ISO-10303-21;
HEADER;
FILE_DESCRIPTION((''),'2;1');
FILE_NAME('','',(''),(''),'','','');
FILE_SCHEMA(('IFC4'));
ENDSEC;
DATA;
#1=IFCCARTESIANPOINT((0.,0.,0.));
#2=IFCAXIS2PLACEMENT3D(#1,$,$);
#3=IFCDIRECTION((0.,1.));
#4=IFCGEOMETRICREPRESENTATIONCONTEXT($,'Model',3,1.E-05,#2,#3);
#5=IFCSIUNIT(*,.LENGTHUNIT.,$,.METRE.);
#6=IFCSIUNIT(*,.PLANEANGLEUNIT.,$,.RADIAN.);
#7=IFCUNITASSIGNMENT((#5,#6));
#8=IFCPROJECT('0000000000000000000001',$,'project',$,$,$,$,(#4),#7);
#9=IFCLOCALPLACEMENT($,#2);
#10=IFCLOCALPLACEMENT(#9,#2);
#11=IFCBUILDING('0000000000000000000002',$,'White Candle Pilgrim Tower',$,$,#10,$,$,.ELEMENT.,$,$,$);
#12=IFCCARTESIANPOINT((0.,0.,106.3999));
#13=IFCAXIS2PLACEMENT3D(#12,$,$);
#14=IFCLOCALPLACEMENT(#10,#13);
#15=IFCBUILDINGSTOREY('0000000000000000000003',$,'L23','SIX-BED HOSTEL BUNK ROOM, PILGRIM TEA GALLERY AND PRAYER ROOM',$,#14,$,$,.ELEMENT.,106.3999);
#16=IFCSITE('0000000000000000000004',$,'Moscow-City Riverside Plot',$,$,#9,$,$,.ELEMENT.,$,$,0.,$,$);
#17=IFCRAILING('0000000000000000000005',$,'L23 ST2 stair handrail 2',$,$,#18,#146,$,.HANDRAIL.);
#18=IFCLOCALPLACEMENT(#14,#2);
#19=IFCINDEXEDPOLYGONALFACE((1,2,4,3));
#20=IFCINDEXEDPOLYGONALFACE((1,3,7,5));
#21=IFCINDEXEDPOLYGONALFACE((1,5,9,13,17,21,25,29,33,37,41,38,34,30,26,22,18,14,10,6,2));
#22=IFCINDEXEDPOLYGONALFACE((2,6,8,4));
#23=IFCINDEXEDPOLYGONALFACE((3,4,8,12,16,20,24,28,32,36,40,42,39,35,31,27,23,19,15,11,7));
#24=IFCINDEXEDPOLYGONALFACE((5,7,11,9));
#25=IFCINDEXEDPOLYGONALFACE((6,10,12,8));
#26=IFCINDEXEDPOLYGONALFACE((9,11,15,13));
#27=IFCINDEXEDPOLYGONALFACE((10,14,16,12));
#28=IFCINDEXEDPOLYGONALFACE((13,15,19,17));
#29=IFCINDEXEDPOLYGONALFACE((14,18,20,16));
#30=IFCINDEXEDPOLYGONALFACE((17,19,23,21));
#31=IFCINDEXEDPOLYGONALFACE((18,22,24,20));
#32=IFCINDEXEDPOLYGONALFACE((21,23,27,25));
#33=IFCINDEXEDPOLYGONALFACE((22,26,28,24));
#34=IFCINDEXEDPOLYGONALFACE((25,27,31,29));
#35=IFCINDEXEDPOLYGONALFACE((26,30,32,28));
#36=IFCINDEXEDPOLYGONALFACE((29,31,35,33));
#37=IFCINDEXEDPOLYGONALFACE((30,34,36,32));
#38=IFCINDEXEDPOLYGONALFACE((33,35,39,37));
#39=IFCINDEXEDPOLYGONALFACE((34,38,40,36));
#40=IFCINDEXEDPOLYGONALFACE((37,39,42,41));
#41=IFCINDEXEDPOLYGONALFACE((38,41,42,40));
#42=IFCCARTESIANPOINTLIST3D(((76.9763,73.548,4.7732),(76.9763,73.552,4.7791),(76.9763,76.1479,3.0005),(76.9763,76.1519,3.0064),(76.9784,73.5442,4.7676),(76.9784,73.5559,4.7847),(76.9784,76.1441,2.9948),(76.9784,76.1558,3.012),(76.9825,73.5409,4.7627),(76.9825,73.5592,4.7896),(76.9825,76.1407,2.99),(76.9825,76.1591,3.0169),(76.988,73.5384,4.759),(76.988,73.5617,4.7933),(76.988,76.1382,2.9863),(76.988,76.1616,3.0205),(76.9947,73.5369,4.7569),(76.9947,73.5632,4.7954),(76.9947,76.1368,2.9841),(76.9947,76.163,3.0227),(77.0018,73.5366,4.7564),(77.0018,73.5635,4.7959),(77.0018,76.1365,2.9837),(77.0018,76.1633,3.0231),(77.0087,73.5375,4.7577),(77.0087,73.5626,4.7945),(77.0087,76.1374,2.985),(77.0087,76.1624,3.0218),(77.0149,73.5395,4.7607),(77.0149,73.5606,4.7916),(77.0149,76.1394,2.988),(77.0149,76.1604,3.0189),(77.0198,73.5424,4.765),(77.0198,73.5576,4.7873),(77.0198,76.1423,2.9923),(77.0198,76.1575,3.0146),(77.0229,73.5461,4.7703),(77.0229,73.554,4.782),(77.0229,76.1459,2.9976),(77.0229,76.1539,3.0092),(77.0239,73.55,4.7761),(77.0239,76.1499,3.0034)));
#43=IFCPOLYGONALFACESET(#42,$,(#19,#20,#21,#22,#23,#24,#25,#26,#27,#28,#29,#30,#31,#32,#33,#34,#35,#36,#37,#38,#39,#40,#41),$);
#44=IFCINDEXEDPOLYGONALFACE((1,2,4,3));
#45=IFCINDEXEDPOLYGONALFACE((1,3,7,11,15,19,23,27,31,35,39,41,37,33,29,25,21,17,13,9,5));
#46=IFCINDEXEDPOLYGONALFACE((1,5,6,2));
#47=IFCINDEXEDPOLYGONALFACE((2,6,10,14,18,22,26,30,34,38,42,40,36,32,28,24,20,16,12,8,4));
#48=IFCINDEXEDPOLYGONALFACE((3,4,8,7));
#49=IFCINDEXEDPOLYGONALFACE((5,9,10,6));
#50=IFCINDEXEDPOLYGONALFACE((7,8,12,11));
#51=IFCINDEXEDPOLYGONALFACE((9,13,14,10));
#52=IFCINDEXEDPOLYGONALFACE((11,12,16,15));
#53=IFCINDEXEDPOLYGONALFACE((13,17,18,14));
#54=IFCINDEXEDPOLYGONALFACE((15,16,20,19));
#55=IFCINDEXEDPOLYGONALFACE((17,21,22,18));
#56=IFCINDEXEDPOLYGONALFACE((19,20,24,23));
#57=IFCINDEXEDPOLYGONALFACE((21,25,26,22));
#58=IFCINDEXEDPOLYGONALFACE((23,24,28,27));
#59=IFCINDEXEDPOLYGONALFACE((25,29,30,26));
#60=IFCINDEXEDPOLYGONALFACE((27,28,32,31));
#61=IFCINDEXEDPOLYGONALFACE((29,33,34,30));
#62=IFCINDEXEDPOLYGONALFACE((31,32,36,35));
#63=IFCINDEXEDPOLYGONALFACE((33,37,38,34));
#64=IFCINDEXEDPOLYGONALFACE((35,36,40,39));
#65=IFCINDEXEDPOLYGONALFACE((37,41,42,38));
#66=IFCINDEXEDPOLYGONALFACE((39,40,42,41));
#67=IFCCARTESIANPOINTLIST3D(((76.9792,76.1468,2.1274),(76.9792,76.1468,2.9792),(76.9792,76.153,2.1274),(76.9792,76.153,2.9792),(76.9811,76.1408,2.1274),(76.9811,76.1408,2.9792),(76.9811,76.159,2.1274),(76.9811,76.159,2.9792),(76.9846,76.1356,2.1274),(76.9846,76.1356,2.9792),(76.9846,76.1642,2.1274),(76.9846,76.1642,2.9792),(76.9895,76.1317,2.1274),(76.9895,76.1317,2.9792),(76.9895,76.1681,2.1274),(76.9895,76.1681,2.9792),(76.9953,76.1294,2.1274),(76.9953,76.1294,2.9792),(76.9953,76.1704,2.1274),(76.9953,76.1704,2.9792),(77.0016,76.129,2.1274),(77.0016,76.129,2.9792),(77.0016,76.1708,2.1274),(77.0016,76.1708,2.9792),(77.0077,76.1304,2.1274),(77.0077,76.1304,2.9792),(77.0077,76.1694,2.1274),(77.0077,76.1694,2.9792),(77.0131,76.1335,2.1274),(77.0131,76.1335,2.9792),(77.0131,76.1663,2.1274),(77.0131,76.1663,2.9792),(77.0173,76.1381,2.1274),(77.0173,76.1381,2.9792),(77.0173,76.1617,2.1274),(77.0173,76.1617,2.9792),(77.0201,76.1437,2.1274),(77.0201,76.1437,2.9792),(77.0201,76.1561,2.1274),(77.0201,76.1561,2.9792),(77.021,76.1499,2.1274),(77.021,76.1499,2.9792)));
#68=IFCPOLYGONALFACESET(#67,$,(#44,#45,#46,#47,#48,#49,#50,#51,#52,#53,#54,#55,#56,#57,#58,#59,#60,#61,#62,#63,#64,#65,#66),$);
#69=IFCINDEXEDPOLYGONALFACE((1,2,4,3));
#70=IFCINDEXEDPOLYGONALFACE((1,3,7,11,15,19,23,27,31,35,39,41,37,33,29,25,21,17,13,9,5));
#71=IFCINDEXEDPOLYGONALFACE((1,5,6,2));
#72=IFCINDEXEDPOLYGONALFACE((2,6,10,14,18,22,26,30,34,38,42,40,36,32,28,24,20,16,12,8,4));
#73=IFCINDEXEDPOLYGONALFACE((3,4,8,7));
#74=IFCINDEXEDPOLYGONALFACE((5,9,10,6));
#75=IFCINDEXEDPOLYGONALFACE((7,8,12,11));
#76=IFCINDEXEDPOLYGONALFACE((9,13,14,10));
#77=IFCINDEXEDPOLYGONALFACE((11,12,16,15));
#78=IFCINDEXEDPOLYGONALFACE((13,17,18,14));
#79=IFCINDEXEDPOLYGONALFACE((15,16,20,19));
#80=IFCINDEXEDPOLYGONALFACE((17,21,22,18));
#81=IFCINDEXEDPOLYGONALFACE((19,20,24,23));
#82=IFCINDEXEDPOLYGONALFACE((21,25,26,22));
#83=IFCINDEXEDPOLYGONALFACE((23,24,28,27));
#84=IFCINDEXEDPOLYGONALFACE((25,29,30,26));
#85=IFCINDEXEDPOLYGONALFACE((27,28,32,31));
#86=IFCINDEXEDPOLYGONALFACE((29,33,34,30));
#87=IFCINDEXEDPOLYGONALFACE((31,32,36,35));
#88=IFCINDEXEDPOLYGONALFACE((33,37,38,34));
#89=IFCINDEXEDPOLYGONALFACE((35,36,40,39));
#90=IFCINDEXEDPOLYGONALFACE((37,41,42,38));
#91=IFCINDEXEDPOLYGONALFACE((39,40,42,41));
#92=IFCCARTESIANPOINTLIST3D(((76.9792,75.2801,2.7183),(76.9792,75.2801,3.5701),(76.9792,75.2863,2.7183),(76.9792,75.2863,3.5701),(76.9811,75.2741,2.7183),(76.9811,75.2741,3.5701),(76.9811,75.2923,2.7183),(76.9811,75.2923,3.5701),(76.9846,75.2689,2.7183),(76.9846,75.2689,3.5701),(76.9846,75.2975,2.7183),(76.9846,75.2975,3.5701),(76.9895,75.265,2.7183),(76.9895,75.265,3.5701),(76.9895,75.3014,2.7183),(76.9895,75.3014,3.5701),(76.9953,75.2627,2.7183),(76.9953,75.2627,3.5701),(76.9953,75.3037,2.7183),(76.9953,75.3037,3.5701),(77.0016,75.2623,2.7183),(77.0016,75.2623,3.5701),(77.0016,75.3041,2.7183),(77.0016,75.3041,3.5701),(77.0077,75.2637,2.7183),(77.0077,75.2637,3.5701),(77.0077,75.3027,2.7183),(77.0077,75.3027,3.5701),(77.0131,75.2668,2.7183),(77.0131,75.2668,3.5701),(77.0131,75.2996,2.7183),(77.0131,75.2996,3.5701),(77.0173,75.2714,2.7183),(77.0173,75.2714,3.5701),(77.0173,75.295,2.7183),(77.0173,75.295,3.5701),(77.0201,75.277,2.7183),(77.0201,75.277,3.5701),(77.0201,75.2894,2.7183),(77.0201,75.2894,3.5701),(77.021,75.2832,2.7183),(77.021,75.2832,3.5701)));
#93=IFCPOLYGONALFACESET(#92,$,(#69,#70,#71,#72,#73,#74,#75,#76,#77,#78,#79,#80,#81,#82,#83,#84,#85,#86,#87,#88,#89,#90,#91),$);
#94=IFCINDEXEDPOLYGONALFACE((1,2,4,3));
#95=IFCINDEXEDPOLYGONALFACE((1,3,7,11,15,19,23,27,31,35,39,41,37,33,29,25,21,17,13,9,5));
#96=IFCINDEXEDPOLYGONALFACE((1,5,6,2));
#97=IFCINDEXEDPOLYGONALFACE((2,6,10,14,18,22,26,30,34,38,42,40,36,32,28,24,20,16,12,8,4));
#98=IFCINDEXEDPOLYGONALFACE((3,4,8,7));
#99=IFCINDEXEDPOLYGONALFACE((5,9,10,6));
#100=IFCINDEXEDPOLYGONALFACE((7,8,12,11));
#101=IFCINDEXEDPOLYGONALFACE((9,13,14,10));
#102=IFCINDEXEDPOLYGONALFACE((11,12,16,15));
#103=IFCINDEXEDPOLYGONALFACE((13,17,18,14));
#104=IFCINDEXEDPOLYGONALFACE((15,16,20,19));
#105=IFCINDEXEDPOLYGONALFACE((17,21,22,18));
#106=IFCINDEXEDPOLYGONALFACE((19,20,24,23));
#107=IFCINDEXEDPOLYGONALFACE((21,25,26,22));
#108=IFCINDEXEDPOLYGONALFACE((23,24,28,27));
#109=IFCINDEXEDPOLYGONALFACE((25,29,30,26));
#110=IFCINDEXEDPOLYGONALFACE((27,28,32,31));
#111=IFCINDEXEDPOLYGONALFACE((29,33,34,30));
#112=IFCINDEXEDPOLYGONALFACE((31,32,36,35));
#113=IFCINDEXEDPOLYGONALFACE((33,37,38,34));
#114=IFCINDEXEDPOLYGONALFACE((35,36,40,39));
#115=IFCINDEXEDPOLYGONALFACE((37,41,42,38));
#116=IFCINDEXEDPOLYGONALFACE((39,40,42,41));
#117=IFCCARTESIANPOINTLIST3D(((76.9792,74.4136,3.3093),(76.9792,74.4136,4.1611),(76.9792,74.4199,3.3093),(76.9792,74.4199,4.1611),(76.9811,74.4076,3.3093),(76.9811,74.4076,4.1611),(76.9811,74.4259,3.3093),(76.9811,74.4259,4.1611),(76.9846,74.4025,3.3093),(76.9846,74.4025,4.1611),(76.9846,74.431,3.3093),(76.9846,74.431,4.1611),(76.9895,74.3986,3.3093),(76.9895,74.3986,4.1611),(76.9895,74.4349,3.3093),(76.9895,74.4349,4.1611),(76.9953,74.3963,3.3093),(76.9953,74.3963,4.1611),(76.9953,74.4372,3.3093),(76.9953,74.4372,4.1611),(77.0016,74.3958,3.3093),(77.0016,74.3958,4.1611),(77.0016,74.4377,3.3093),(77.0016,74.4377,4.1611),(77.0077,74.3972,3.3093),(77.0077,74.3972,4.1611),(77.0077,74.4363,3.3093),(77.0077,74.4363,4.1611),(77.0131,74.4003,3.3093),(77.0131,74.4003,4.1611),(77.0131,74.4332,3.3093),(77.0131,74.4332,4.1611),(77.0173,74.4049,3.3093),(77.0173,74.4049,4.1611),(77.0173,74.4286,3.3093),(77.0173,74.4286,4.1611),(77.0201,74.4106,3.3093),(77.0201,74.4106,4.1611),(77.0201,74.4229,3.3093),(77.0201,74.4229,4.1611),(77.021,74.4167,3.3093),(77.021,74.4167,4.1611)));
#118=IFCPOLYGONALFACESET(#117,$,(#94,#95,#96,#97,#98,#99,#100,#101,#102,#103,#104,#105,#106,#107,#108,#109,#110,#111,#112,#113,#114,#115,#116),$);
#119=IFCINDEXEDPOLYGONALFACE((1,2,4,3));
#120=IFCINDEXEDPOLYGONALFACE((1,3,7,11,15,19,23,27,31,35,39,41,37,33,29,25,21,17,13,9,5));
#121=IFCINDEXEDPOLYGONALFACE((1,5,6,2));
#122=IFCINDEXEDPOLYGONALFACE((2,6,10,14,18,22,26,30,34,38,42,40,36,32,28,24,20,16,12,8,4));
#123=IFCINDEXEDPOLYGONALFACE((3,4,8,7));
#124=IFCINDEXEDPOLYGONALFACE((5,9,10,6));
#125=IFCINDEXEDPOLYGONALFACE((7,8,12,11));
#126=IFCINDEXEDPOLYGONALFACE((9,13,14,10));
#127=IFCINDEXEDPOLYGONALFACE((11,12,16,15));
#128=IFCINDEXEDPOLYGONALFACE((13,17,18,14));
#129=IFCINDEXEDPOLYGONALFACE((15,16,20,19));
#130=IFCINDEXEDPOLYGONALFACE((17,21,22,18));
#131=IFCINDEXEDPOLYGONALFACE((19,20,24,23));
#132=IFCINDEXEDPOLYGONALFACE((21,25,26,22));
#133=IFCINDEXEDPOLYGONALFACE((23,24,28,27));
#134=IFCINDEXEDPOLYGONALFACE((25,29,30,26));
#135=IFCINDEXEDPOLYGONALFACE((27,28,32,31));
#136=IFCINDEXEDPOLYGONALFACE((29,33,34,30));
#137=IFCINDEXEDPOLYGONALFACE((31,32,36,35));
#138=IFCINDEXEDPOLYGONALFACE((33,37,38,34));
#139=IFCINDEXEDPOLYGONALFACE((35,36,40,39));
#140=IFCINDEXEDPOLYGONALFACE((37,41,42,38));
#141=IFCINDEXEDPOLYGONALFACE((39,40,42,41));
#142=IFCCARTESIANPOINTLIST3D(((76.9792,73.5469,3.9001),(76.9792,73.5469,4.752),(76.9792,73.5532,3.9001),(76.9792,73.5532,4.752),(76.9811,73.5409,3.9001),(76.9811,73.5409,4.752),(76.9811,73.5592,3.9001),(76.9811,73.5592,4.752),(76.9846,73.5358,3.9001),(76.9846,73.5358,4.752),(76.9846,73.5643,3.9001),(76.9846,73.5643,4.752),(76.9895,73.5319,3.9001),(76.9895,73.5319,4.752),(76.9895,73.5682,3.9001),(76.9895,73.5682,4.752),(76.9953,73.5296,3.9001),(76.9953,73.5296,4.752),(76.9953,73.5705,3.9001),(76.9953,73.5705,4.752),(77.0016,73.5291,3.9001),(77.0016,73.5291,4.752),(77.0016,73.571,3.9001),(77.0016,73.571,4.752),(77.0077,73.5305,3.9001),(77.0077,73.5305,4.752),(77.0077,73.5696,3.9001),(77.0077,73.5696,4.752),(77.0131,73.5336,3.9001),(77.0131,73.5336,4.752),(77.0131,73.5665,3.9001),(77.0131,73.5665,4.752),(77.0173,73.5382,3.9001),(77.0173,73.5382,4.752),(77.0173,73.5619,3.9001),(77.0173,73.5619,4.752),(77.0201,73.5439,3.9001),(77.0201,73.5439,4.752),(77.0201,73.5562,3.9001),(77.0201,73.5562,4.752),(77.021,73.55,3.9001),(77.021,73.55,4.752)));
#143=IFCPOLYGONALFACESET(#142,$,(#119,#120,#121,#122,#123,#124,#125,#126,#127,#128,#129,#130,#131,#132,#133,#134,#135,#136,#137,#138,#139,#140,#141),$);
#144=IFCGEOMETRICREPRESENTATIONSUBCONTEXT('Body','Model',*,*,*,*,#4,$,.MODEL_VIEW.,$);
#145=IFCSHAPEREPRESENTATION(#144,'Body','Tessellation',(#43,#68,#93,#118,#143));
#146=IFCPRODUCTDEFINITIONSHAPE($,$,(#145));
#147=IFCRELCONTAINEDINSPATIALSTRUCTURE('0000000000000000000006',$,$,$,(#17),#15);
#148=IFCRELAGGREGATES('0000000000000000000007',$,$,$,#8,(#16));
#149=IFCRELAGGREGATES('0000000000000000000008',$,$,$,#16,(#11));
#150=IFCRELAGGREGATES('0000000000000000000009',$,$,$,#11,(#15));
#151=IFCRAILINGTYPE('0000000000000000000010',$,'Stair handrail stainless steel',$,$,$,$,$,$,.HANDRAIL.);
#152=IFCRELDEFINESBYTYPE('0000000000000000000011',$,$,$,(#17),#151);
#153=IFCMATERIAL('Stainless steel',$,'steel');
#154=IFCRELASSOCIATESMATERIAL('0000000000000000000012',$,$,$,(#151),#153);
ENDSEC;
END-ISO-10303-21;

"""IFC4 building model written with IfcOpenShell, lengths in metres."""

from ifc_helpers import new_model, si_unit, direction, frame, origin, origin_2d, place, context, subcontext, project, spatial, circle, extrude, material, type_object, element, save


model = new_model("IFC4")

# Units and contexts
model_context = context("Model", 3, precision=1e-05, world=origin(), true_north=direction((0.0, 1.0)))
body_context = subcontext(model_context, "Body", "Model", "MODEL_VIEW")
ifc_project = project(units=[si_unit("LENGTHUNIT", "METRE"), si_unit("PLANEANGLEUNIT", "RADIAN")], contexts=[model_context])

# Site, building, storey
site_placement = place(None, origin())
site = spatial("IfcSite", under=ifc_project, at=site_placement, Name="Moscow-City Riverside Plot", CompositionType="ELEMENT", RefElevation=0.0)
building_placement = place(site_placement, origin())
building = spatial("IfcBuilding", under=site, at=building_placement, Name="White Candle Pilgrim Tower", CompositionType="ELEMENT")
storey_placement = place(building_placement, frame((0.0, 0.0, 106.3999)))
storey = spatial("IfcBuildingStorey", under=building, at=storey_placement, Name="L23", Description="SIX-BED HOSTEL BUNK ROOM, PILGRIM TEA GALLERY AND PRAYER ROOM", CompositionType="ELEMENT", Elevation=106.3999)

# Railing
ifc_material_1 = material(Name="Stainless steel", Category="steel")
railing_type_1 = type_object("IfcRailingType", Name="Stair handrail stainless steel", PredefinedType="HANDRAIL", material=ifc_material_1)
railing_1_placement = place(storey_placement, frame((77.0, 76.1499, 2.1274)))
element("IfcRailing", 1, at=railing_1_placement, inside=storey, type_object=railing_type_1, Name="L23 ST2 stair handrail 2", PredefinedType="HANDRAIL", context=body_context, shape_type="SweptSolid", body=[
    extrude(circle(Radius=0.0239, at=origin_2d()), frame((0.0, 0.0, 0.876), z_axis=(0.0, -0.826216, 0.563354), x_axis=(1.0, 0.0, 0.0)), (0.0, 0.0, 1.0), 3.1467),
    extrude(circle(Radius=0.021, at=origin_2d()), origin(), (0.0, 0.0, 1.0), 0.8518),
    extrude(circle(Radius=0.021, at=origin_2d()), frame((0.0, -0.8667, 0.5908)), (0.0, 0.0, 1.0), 0.8518),
    extrude(circle(Radius=0.021, at=origin_2d()), frame((0.0, -1.7332, 1.1819)), (0.0, 0.0, 1.0), 0.8518),
    extrude(circle(Radius=0.021, at=origin_2d()), frame((0.0, -2.5999, 1.7727)), (0.0, 0.0, 1.0), 0.8518),
])

save(model, "model.ifc")
